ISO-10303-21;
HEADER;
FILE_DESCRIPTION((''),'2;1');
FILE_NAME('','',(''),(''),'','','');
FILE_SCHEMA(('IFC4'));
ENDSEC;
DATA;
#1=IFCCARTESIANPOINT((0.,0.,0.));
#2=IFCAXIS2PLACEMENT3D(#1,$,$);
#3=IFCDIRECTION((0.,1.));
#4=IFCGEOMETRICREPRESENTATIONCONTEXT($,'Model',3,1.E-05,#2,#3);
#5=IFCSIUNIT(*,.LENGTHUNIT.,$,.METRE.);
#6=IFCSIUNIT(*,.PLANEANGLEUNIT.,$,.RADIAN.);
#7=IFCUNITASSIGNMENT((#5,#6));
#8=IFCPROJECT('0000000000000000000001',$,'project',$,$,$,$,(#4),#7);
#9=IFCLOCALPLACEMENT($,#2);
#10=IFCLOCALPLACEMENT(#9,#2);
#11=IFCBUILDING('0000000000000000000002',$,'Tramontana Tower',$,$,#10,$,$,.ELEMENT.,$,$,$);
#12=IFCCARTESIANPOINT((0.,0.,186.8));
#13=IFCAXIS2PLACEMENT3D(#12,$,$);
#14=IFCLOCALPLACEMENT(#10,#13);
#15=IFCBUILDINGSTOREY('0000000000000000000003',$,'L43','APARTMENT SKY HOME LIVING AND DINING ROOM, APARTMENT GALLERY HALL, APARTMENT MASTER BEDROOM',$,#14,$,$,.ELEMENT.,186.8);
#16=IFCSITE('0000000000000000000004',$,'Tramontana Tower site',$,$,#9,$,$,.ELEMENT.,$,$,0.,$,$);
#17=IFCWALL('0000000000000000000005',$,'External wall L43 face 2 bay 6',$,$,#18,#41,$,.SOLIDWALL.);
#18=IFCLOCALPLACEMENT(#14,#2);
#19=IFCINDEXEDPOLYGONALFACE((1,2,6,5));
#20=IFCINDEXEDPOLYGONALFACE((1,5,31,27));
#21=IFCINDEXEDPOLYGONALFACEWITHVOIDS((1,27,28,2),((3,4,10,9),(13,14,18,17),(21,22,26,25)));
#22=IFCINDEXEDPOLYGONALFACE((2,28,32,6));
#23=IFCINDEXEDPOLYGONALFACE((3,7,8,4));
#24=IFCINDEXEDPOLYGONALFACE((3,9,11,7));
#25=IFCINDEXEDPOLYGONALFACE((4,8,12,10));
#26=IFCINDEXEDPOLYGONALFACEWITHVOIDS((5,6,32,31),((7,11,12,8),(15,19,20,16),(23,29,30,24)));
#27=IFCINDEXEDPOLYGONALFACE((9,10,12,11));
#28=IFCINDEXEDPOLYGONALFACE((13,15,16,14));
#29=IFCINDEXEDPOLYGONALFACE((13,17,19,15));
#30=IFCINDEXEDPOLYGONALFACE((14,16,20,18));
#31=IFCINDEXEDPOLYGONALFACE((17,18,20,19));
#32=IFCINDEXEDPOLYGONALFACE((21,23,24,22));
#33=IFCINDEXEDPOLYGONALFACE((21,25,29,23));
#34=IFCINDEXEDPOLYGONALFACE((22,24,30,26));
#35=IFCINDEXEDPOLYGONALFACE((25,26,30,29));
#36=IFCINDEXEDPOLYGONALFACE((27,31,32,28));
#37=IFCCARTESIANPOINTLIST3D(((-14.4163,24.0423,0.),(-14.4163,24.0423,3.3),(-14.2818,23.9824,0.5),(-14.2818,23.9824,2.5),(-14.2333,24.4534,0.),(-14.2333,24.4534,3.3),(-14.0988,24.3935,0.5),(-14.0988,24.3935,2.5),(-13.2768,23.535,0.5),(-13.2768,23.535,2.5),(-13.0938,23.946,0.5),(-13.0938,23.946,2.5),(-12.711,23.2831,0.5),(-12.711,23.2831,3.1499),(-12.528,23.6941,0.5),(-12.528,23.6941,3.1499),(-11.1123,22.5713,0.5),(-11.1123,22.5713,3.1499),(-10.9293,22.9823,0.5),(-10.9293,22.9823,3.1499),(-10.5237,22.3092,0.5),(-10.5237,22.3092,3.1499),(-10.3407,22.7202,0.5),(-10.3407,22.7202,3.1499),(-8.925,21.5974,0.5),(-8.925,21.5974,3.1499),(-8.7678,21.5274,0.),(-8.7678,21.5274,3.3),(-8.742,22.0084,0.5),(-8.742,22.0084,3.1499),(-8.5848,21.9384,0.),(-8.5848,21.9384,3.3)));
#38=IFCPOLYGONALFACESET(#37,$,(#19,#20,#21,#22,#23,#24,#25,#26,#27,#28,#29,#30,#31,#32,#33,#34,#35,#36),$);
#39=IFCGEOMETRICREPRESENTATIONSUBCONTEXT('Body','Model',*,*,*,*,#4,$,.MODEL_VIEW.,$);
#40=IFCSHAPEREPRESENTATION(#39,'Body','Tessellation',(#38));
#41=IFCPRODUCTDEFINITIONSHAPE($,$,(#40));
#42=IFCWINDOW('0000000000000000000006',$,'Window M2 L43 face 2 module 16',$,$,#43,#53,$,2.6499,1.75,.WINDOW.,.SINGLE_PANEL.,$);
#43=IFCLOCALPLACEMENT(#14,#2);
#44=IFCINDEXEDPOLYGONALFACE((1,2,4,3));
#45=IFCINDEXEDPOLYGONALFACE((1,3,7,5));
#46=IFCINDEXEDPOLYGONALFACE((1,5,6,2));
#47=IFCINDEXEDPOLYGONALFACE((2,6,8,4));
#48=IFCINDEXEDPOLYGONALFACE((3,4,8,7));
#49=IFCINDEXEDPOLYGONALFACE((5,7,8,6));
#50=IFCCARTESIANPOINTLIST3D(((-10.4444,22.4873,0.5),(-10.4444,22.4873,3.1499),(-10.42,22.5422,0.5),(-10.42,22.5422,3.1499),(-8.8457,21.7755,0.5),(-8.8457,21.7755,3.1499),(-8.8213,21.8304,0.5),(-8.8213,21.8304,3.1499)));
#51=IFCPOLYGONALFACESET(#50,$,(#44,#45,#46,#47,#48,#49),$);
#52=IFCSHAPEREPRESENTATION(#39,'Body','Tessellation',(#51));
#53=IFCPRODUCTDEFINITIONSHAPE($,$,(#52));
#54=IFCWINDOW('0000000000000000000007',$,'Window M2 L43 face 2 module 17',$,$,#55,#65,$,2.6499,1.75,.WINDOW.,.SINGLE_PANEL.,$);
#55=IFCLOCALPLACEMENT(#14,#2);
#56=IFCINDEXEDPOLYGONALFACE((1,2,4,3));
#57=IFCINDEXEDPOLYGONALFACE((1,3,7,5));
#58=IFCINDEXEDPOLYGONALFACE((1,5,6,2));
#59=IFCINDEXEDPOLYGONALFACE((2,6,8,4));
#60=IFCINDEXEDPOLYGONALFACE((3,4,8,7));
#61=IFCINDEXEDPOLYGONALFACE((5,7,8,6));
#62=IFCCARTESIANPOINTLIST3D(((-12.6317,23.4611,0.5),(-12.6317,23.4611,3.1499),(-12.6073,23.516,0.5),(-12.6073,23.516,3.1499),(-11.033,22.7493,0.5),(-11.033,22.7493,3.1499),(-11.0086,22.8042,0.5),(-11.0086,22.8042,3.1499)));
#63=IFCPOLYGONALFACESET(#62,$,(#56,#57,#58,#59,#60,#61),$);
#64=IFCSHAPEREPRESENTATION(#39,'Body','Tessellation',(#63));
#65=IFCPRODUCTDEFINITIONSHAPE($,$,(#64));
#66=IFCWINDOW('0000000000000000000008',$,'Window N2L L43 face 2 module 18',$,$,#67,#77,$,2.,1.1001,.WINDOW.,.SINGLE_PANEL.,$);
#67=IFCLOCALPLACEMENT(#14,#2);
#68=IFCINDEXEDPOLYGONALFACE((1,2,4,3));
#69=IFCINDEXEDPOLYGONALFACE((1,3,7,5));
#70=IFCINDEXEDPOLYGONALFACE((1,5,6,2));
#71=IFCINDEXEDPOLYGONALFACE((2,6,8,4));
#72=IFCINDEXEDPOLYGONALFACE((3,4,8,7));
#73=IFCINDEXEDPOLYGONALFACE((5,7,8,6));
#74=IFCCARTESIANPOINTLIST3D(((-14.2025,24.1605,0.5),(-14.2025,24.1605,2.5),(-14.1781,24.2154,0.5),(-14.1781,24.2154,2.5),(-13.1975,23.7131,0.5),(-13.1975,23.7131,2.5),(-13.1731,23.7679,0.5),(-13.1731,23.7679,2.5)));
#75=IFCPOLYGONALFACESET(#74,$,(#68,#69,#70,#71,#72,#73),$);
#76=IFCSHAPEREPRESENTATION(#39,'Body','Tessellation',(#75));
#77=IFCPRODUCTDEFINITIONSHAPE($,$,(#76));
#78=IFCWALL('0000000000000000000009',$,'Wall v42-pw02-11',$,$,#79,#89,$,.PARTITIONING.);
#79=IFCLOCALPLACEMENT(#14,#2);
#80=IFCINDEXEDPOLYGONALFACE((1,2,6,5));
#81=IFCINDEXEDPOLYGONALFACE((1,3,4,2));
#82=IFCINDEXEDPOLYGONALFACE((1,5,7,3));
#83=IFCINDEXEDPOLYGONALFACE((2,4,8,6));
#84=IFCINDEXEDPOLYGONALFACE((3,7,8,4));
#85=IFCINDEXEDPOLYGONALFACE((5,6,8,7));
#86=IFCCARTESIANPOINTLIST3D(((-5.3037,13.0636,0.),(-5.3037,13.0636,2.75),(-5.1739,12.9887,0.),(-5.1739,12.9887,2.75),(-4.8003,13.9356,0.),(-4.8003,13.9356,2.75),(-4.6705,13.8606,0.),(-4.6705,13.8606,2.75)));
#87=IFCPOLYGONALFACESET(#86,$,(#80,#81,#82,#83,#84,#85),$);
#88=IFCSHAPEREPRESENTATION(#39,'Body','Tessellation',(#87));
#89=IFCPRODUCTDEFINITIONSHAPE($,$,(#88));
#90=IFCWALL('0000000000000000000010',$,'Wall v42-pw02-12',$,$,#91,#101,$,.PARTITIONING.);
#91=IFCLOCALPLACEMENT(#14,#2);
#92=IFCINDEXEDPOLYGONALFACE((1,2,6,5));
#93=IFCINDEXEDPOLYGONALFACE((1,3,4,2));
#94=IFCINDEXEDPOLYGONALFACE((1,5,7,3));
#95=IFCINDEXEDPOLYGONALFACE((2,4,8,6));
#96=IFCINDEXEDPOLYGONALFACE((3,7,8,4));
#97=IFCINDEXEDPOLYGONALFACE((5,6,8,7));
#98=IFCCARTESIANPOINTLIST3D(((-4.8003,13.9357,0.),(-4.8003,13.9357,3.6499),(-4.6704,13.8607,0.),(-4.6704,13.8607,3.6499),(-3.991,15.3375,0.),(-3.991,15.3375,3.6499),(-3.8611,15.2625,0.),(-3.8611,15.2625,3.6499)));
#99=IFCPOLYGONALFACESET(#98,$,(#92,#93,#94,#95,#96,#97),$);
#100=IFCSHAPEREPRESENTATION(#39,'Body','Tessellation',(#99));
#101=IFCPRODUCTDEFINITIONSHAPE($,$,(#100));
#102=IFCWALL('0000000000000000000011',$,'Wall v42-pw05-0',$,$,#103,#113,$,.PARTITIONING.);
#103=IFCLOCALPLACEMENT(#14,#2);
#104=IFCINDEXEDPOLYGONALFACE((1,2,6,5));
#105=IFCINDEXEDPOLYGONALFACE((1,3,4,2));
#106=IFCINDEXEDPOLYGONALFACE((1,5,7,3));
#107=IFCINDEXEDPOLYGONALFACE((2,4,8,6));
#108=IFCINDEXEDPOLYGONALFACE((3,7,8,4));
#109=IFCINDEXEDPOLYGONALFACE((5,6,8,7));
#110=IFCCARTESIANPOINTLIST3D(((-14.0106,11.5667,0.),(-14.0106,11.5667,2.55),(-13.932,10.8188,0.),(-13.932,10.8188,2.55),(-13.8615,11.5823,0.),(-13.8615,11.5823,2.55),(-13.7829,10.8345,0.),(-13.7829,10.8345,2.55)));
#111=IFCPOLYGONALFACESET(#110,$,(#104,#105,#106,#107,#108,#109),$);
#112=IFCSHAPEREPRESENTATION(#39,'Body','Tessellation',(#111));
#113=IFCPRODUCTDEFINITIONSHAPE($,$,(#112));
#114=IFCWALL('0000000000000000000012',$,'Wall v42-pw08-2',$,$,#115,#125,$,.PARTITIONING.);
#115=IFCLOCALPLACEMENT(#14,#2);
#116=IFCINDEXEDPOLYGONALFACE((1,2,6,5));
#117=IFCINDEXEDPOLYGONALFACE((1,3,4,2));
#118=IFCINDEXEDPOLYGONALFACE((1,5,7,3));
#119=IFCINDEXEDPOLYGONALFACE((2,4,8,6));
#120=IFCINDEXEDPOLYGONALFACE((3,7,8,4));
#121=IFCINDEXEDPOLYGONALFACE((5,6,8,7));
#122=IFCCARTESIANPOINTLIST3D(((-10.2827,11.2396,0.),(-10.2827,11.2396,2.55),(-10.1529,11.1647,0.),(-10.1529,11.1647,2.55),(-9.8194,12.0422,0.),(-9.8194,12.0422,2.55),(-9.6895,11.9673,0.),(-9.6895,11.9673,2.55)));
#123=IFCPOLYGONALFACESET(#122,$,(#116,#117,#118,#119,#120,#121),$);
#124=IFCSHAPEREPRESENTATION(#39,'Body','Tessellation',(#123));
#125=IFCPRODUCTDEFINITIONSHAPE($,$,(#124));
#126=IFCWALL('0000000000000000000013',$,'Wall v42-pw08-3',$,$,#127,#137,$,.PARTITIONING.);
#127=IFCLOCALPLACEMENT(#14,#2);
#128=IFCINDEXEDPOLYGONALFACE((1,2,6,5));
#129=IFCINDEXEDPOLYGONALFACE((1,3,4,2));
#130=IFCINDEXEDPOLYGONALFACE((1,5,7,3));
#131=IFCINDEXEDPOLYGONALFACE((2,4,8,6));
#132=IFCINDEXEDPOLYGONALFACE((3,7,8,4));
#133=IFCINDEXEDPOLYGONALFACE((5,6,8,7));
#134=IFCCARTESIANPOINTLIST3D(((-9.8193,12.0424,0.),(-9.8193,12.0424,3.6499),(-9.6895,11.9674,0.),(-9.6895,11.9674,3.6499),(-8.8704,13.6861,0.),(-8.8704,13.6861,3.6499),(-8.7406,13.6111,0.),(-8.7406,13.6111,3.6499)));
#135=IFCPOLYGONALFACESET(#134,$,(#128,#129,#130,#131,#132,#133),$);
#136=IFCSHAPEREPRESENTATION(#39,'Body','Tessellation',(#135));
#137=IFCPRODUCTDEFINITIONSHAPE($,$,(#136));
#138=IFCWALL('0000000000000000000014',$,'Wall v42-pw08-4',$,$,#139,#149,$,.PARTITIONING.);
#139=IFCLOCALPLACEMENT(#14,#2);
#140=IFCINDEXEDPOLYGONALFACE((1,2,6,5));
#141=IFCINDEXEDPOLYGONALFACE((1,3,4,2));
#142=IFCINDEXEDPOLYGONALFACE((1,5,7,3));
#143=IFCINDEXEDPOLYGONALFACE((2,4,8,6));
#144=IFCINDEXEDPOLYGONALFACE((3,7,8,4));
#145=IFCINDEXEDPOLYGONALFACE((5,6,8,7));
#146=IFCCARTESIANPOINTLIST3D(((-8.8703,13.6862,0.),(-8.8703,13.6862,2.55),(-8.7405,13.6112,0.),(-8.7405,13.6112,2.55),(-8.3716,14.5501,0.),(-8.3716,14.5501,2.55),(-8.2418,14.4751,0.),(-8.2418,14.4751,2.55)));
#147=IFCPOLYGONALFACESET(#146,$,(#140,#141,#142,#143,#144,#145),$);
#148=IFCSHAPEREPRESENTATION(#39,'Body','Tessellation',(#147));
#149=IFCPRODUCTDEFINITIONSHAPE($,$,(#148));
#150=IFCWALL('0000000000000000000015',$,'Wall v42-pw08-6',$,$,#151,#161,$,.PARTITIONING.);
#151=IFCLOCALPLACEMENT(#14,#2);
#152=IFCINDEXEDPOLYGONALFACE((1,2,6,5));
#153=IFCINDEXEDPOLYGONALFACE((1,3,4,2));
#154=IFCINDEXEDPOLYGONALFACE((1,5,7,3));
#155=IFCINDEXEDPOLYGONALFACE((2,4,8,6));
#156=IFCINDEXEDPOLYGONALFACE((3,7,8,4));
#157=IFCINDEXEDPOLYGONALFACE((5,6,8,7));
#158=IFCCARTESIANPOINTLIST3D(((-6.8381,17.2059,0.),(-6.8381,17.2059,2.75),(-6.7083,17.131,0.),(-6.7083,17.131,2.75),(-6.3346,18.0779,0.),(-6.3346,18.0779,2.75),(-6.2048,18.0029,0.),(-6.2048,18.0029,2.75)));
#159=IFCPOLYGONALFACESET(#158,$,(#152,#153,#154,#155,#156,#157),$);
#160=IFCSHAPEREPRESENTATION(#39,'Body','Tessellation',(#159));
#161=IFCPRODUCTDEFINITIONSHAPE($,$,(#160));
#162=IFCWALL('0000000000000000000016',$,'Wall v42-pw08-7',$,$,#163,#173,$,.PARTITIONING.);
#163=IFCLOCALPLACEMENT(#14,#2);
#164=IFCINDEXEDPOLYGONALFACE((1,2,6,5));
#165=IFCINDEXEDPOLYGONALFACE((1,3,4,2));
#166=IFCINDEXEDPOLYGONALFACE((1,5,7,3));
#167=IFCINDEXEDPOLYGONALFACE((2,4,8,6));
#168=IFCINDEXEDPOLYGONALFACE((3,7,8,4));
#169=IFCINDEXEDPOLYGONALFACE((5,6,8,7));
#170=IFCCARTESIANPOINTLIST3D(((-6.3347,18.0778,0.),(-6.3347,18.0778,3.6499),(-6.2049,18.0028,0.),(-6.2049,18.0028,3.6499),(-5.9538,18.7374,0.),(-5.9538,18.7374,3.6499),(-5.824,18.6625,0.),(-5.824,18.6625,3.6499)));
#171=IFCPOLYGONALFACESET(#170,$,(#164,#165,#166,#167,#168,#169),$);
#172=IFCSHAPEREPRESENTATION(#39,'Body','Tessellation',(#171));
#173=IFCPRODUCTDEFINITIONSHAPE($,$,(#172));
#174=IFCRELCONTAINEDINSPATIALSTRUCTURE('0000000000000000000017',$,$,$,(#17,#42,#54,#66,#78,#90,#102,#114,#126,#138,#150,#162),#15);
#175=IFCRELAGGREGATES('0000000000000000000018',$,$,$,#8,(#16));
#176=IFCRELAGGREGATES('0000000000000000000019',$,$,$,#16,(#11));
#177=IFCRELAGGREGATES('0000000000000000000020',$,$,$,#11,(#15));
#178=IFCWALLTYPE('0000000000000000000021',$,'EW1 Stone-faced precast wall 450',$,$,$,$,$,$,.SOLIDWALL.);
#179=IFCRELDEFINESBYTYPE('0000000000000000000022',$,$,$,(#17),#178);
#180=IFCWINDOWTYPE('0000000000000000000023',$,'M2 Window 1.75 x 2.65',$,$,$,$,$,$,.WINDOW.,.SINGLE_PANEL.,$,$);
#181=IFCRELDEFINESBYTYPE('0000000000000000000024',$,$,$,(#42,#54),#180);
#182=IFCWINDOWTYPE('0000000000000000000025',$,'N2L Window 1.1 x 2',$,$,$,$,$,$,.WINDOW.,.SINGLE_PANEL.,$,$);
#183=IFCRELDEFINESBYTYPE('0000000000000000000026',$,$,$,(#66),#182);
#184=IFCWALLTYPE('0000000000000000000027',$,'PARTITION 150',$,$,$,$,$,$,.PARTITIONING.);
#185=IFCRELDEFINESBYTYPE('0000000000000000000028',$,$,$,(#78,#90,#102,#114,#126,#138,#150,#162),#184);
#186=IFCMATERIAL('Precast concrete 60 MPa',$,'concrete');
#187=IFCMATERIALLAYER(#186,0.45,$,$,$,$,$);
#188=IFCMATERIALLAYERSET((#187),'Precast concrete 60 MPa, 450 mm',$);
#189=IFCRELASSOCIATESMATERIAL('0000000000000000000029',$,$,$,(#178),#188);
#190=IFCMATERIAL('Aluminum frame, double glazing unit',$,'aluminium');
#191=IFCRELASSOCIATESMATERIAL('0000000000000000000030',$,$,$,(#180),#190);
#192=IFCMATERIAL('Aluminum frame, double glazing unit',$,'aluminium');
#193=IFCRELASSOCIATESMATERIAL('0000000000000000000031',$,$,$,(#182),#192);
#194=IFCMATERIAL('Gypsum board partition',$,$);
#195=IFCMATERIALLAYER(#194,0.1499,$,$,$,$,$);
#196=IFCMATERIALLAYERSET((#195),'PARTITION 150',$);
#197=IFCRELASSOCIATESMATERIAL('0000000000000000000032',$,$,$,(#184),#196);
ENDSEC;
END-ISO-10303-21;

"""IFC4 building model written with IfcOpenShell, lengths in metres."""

from ifc_helpers import new_model, si_unit, direction, frame, frame_2d, origin, place, context, subcontext, project, spatial, rectangle, extrude, material, layer, layer_set, type_object, element, fill, save


model = new_model("IFC4")

# Units and contexts
model_context = context("Model", 3, precision=1e-05, world=origin(), true_north=direction((0.0, 1.0)))
body_context = subcontext(model_context, "Body", "Model", "MODEL_VIEW")
ifc_project = project(units=[si_unit("LENGTHUNIT", "METRE"), si_unit("PLANEANGLEUNIT", "RADIAN")], contexts=[model_context])

# Site, building, storey
site_placement = place(None, origin())
site = spatial("IfcSite", under=ifc_project, at=site_placement, Name="Tramontana Tower site", CompositionType="ELEMENT", RefElevation=0.0)
building_placement = place(site_placement, origin())
building = spatial("IfcBuilding", under=site, at=building_placement, Name="Tramontana Tower", CompositionType="ELEMENT")
storey_placement = place(building_placement, frame((0.0, 0.0, 186.8)))
storey = spatial("IfcBuildingStorey", under=building, at=storey_placement, Name="L43", Description="APARTMENT SKY HOME LIVING AND DINING ROOM, APARTMENT GALLERY HALL, APARTMENT MASTER BEDROOM", CompositionType="ELEMENT", Elevation=186.8)

# Wall, openings, windows
ifc_material_1 = material(Name="Precast concrete 60 MPa", Category="concrete")
ifc_layer_1 = layer(ifc_material_1, 0.45)
ifc_layer_set_1 = layer_set([ifc_layer_1], Name="Precast concrete 60 MPa, 450 mm")
wall_type_1 = type_object("IfcWallType", Name="EW1 Stone-faced precast wall 450", PredefinedType="SOLIDWALL", material=ifc_layer_set_1)
ifc_material_2 = material(Name="Aluminum frame, double glazing unit", Category="aluminium")
window_type_1 = type_object("IfcWindowType", Name="M2 Window 1.75 x 2.65", PartitioningType="SINGLE_PANEL", PredefinedType="WINDOW", material=ifc_material_2)
wall_1_placement = place(storey_placement, frame((-8.6763, 21.7329, 0.0), z_axis=(0.0, 0.0, 1.0), x_axis=(-0.913543, 0.406743, 0.0)))
wall_1 = element("IfcWall", 1, at=wall_1_placement, inside=storey, type_object=wall_type_1, Name="External wall L43 face 2 bay 6", PredefinedType="SOLIDWALL", context=body_context, shape_type="SweptSolid", body=[
    extrude(rectangle(XDim=6.1831, YDim=0.45, at=frame_2d((3.0916, 0.0))), origin(), (0.0, 0.0, 1.0), 3.3),
])
opening_1_placement = place(wall_1_placement, frame((0.1721, 0.0, 0.5)))
opening_1 = element("IfcOpeningElement", 2, at=opening_1_placement, cuts=wall_1, PredefinedType="OPENING", context=body_context, shape_type="SweptSolid", body=[
    extrude(rectangle(XDim=1.75, YDim=2.6499, at=frame_2d((0.875, 1.325))), frame((0.0, 0.2349, 0.0), z_axis=(0.0, -1.0, 0.0), x_axis=(1.0, 0.0, 0.0)), (0.0, 0.0, 1.0), 0.47),
])
opening_2_placement = place(wall_1_placement, frame((2.5664, 0.0, 0.5)))
opening_2 = element("IfcOpeningElement", 3, at=opening_2_placement, cuts=wall_1, PredefinedType="OPENING", context=body_context, shape_type="SweptSolid", body=[
    extrude(rectangle(XDim=1.75, YDim=2.6499, at=frame_2d((0.875, 1.325))), frame((0.0, 0.2349, 0.0), z_axis=(0.0, -1.0, 0.0), x_axis=(1.0, 0.0, 0.0)), (0.0, 0.0, 1.0), 0.47),
])
opening_3_placement = place(wall_1_placement, frame((4.9358, 0.0, 0.5)))
opening_3 = element("IfcOpeningElement", 4, at=opening_3_placement, cuts=wall_1, PredefinedType="OPENING", context=body_context, shape_type="SweptSolid", body=[
    extrude(rectangle(XDim=1.1001, YDim=2.0, at=frame_2d((0.55, 1.0))), frame((0.0, 0.2349, 0.0), z_axis=(0.0, -1.0, 0.0), x_axis=(1.0, 0.0, 0.0)), (0.0, 0.0, 1.0), 0.47),
])
window_1_placement = place(opening_1_placement, origin())
window_1 = element("IfcWindow", 5, at=window_1_placement, inside=storey, type_object=window_type_1, Name="Window M2 L43 face 2 module 16", OverallHeight=2.6499, OverallWidth=1.75, PartitioningType="SINGLE_PANEL", PredefinedType="WINDOW", context=body_context, shape_type="SweptSolid", body=[
    extrude(rectangle(XDim=1.75, YDim=2.6499, at=frame_2d((0.875, 1.325))), frame((0.0, 0.03, 0.0), z_axis=(0.0, -1.0, 0.0), x_axis=(1.0, 0.0, 0.0)), (0.0, 0.0, 1.0), 0.0601),
])
fill(opening_1, window_1)
window_2_placement = place(opening_2_placement, origin())
window_2 = element("IfcWindow", 6, at=window_2_placement, inside=storey, type_object=window_type_1, Name="Window M2 L43 face 2 module 17", OverallHeight=2.6499, OverallWidth=1.75, PartitioningType="SINGLE_PANEL", PredefinedType="WINDOW", context=body_context, shape_type="SweptSolid", body=[
    extrude(rectangle(XDim=1.75, YDim=2.6499, at=frame_2d((0.875, 1.325))), frame((0.0, 0.03, 0.0), z_axis=(0.0, -1.0, 0.0), x_axis=(1.0, 0.0, 0.0)), (0.0, 0.0, 1.0), 0.0601),
])
fill(opening_2, window_2)
ifc_material_3 = material(Name="Aluminum frame, double glazing unit", Category="aluminium")
window_type_2 = type_object("IfcWindowType", Name="N2L Window 1.1 x 2", PartitioningType="SINGLE_PANEL", PredefinedType="WINDOW", material=ifc_material_3)
window_3_placement = place(opening_3_placement, origin())
window_3 = element("IfcWindow", 7, at=window_3_placement, inside=storey, type_object=window_type_2, Name="Window N2L L43 face 2 module 18", OverallHeight=2.0, OverallWidth=1.1001, PartitioningType="SINGLE_PANEL", PredefinedType="WINDOW", context=body_context, shape_type="SweptSolid", body=[
    extrude(rectangle(XDim=1.1001, YDim=2.0, at=frame_2d((0.55, 1.0))), frame((0.0, 0.03, 0.0), z_axis=(0.0, -1.0, 0.0), x_axis=(1.0, 0.0, 0.0)), (0.0, 0.0, 1.0), 0.0601),
])
fill(opening_3, window_3)

# Shared definitions
ifc_material_4 = material(Name="Gypsum board partition")
ifc_layer_2 = layer(ifc_material_4, 0.1499)
ifc_layer_set_2 = layer_set([ifc_layer_2], Name="PARTITION 150")
wall_type_2 = type_object("IfcWallType", Name="PARTITION 150", PredefinedType="PARTITIONING", material=ifc_layer_set_2)

# Walls
wall_2_placement = place(storey_placement, frame((-5.2388, 13.0261, 0.0), z_axis=(0.0, 0.0, 1.0), x_axis=(0.499946, 0.866056, 0.0)))
element("IfcWall", 8, at=wall_2_placement, inside=storey, type_object=wall_type_2, Name="Wall v42-pw02-11", PredefinedType="PARTITIONING", context=body_context, shape_type="SweptSolid", body=[
    extrude(rectangle(XDim=1.0068, YDim=0.1499, at=frame_2d((0.5034, 0.0))), origin(), (0.0, 0.0, 1.0), 2.75),
])
wall_3_placement = place(storey_placement, frame((-4.7354, 13.8982, 0.0), z_axis=(0.0, 0.0, 1.0), x_axis=(0.499984, 0.866035, 0.0)))
element("IfcWall", 9, at=wall_3_placement, inside=storey, type_object=wall_type_2, Name="Wall v42-pw02-12", PredefinedType="PARTITIONING", context=body_context, shape_type="SweptSolid", body=[
    extrude(rectangle(XDim=1.6187, YDim=0.1499, at=frame_2d((0.8093, 0.0))), origin(), (0.0, 0.0, 1.0), 3.6499),
])
wall_4_placement = place(storey_placement, frame((-13.8574, 10.8267, 0.0), z_axis=(0.0, 0.0, 1.0), x_axis=(-0.10455, 0.99452, 0.0)))
element("IfcWall", 10, at=wall_4_placement, inside=storey, type_object=wall_type_2, Name="Wall v42-pw05-0", PredefinedType="PARTITIONING", context=body_context, shape_type="SweptSolid", body=[
    extrude(rectangle(XDim=0.752, YDim=0.1499, at=frame_2d((0.376, 0.0))), origin(), (0.0, 0.0, 1.0), 2.55),
])
wall_5_placement = place(storey_placement, frame((-10.2178, 11.2021, 0.0), z_axis=(0.0, 0.0, 1.0), x_axis=(0.499935, 0.866063, 0.0)))
element("IfcWall", 11, at=wall_5_placement, inside=storey, type_object=wall_type_2, Name="Wall v42-pw08-2", PredefinedType="PARTITIONING", context=body_context, shape_type="SweptSolid", body=[
    extrude(rectangle(XDim=0.9268, YDim=0.1499, at=frame_2d((0.4634, 0.0))), origin(), (0.0, 0.0, 1.0), 2.55),
])
wall_6_placement = place(storey_placement, frame((-9.7544, 12.0049, 0.0), z_axis=(0.0, 0.0, 1.0), x_axis=(0.499971, 0.866042, 0.0)))
element("IfcWall", 12, at=wall_6_placement, inside=storey, type_object=wall_type_2, Name="Wall v42-pw08-3", PredefinedType="PARTITIONING", context=body_context, shape_type="SweptSolid", body=[
    extrude(rectangle(XDim=1.8979, YDim=0.1499, at=frame_2d((0.949, 0.0))), origin(), (0.0, 0.0, 1.0), 3.6499),
])
wall_7_placement = place(storey_placement, frame((-8.8054, 13.6487, 0.0), z_axis=(0.0, 0.0, 1.0), x_axis=(0.499955, 0.866051, 0.0)))
element("IfcWall", 13, at=wall_7_placement, inside=storey, type_object=wall_type_2, Name="Wall v42-pw08-4", PredefinedType="PARTITIONING", context=body_context, shape_type="SweptSolid", body=[
    extrude(rectangle(XDim=0.9976, YDim=0.1499, at=frame_2d((0.4988, 0.0))), origin(), (0.0, 0.0, 1.0), 2.55),
])

# Walls
wall_8_placement = place(storey_placement, frame((-6.7732, 17.1685, 0.0), z_axis=(0.0, 0.0, 1.0), x_axis=(0.500051, 0.865996, 0.0)))
element("IfcWall", 14, at=wall_8_placement, inside=storey, type_object=wall_type_2, Name="Wall v42-pw08-6", PredefinedType="PARTITIONING", context=body_context, shape_type="SweptSolid", body=[
    extrude(rectangle(XDim=1.0068, YDim=0.1499, at=frame_2d((0.5034, 0.0))), origin(), (0.0, 0.0, 1.0), 2.75),
])
wall_9_placement = place(storey_placement, frame((-6.2698, 18.0403, 0.0), z_axis=(0.0, 0.0, 1.0), x_axis=(0.5, 0.866025, 0.0)))
element("IfcWall", 15, at=wall_9_placement, inside=storey, type_object=wall_type_2, Name="Wall v42-pw08-7", PredefinedType="PARTITIONING", context=body_context, shape_type="SweptSolid", body=[
    extrude(rectangle(XDim=0.7617, YDim=0.1499, at=frame_2d((0.3809, 0.0))), origin(), (0.0, 0.0, 1.0), 3.6499),
])

save(model, "model.ifc")
